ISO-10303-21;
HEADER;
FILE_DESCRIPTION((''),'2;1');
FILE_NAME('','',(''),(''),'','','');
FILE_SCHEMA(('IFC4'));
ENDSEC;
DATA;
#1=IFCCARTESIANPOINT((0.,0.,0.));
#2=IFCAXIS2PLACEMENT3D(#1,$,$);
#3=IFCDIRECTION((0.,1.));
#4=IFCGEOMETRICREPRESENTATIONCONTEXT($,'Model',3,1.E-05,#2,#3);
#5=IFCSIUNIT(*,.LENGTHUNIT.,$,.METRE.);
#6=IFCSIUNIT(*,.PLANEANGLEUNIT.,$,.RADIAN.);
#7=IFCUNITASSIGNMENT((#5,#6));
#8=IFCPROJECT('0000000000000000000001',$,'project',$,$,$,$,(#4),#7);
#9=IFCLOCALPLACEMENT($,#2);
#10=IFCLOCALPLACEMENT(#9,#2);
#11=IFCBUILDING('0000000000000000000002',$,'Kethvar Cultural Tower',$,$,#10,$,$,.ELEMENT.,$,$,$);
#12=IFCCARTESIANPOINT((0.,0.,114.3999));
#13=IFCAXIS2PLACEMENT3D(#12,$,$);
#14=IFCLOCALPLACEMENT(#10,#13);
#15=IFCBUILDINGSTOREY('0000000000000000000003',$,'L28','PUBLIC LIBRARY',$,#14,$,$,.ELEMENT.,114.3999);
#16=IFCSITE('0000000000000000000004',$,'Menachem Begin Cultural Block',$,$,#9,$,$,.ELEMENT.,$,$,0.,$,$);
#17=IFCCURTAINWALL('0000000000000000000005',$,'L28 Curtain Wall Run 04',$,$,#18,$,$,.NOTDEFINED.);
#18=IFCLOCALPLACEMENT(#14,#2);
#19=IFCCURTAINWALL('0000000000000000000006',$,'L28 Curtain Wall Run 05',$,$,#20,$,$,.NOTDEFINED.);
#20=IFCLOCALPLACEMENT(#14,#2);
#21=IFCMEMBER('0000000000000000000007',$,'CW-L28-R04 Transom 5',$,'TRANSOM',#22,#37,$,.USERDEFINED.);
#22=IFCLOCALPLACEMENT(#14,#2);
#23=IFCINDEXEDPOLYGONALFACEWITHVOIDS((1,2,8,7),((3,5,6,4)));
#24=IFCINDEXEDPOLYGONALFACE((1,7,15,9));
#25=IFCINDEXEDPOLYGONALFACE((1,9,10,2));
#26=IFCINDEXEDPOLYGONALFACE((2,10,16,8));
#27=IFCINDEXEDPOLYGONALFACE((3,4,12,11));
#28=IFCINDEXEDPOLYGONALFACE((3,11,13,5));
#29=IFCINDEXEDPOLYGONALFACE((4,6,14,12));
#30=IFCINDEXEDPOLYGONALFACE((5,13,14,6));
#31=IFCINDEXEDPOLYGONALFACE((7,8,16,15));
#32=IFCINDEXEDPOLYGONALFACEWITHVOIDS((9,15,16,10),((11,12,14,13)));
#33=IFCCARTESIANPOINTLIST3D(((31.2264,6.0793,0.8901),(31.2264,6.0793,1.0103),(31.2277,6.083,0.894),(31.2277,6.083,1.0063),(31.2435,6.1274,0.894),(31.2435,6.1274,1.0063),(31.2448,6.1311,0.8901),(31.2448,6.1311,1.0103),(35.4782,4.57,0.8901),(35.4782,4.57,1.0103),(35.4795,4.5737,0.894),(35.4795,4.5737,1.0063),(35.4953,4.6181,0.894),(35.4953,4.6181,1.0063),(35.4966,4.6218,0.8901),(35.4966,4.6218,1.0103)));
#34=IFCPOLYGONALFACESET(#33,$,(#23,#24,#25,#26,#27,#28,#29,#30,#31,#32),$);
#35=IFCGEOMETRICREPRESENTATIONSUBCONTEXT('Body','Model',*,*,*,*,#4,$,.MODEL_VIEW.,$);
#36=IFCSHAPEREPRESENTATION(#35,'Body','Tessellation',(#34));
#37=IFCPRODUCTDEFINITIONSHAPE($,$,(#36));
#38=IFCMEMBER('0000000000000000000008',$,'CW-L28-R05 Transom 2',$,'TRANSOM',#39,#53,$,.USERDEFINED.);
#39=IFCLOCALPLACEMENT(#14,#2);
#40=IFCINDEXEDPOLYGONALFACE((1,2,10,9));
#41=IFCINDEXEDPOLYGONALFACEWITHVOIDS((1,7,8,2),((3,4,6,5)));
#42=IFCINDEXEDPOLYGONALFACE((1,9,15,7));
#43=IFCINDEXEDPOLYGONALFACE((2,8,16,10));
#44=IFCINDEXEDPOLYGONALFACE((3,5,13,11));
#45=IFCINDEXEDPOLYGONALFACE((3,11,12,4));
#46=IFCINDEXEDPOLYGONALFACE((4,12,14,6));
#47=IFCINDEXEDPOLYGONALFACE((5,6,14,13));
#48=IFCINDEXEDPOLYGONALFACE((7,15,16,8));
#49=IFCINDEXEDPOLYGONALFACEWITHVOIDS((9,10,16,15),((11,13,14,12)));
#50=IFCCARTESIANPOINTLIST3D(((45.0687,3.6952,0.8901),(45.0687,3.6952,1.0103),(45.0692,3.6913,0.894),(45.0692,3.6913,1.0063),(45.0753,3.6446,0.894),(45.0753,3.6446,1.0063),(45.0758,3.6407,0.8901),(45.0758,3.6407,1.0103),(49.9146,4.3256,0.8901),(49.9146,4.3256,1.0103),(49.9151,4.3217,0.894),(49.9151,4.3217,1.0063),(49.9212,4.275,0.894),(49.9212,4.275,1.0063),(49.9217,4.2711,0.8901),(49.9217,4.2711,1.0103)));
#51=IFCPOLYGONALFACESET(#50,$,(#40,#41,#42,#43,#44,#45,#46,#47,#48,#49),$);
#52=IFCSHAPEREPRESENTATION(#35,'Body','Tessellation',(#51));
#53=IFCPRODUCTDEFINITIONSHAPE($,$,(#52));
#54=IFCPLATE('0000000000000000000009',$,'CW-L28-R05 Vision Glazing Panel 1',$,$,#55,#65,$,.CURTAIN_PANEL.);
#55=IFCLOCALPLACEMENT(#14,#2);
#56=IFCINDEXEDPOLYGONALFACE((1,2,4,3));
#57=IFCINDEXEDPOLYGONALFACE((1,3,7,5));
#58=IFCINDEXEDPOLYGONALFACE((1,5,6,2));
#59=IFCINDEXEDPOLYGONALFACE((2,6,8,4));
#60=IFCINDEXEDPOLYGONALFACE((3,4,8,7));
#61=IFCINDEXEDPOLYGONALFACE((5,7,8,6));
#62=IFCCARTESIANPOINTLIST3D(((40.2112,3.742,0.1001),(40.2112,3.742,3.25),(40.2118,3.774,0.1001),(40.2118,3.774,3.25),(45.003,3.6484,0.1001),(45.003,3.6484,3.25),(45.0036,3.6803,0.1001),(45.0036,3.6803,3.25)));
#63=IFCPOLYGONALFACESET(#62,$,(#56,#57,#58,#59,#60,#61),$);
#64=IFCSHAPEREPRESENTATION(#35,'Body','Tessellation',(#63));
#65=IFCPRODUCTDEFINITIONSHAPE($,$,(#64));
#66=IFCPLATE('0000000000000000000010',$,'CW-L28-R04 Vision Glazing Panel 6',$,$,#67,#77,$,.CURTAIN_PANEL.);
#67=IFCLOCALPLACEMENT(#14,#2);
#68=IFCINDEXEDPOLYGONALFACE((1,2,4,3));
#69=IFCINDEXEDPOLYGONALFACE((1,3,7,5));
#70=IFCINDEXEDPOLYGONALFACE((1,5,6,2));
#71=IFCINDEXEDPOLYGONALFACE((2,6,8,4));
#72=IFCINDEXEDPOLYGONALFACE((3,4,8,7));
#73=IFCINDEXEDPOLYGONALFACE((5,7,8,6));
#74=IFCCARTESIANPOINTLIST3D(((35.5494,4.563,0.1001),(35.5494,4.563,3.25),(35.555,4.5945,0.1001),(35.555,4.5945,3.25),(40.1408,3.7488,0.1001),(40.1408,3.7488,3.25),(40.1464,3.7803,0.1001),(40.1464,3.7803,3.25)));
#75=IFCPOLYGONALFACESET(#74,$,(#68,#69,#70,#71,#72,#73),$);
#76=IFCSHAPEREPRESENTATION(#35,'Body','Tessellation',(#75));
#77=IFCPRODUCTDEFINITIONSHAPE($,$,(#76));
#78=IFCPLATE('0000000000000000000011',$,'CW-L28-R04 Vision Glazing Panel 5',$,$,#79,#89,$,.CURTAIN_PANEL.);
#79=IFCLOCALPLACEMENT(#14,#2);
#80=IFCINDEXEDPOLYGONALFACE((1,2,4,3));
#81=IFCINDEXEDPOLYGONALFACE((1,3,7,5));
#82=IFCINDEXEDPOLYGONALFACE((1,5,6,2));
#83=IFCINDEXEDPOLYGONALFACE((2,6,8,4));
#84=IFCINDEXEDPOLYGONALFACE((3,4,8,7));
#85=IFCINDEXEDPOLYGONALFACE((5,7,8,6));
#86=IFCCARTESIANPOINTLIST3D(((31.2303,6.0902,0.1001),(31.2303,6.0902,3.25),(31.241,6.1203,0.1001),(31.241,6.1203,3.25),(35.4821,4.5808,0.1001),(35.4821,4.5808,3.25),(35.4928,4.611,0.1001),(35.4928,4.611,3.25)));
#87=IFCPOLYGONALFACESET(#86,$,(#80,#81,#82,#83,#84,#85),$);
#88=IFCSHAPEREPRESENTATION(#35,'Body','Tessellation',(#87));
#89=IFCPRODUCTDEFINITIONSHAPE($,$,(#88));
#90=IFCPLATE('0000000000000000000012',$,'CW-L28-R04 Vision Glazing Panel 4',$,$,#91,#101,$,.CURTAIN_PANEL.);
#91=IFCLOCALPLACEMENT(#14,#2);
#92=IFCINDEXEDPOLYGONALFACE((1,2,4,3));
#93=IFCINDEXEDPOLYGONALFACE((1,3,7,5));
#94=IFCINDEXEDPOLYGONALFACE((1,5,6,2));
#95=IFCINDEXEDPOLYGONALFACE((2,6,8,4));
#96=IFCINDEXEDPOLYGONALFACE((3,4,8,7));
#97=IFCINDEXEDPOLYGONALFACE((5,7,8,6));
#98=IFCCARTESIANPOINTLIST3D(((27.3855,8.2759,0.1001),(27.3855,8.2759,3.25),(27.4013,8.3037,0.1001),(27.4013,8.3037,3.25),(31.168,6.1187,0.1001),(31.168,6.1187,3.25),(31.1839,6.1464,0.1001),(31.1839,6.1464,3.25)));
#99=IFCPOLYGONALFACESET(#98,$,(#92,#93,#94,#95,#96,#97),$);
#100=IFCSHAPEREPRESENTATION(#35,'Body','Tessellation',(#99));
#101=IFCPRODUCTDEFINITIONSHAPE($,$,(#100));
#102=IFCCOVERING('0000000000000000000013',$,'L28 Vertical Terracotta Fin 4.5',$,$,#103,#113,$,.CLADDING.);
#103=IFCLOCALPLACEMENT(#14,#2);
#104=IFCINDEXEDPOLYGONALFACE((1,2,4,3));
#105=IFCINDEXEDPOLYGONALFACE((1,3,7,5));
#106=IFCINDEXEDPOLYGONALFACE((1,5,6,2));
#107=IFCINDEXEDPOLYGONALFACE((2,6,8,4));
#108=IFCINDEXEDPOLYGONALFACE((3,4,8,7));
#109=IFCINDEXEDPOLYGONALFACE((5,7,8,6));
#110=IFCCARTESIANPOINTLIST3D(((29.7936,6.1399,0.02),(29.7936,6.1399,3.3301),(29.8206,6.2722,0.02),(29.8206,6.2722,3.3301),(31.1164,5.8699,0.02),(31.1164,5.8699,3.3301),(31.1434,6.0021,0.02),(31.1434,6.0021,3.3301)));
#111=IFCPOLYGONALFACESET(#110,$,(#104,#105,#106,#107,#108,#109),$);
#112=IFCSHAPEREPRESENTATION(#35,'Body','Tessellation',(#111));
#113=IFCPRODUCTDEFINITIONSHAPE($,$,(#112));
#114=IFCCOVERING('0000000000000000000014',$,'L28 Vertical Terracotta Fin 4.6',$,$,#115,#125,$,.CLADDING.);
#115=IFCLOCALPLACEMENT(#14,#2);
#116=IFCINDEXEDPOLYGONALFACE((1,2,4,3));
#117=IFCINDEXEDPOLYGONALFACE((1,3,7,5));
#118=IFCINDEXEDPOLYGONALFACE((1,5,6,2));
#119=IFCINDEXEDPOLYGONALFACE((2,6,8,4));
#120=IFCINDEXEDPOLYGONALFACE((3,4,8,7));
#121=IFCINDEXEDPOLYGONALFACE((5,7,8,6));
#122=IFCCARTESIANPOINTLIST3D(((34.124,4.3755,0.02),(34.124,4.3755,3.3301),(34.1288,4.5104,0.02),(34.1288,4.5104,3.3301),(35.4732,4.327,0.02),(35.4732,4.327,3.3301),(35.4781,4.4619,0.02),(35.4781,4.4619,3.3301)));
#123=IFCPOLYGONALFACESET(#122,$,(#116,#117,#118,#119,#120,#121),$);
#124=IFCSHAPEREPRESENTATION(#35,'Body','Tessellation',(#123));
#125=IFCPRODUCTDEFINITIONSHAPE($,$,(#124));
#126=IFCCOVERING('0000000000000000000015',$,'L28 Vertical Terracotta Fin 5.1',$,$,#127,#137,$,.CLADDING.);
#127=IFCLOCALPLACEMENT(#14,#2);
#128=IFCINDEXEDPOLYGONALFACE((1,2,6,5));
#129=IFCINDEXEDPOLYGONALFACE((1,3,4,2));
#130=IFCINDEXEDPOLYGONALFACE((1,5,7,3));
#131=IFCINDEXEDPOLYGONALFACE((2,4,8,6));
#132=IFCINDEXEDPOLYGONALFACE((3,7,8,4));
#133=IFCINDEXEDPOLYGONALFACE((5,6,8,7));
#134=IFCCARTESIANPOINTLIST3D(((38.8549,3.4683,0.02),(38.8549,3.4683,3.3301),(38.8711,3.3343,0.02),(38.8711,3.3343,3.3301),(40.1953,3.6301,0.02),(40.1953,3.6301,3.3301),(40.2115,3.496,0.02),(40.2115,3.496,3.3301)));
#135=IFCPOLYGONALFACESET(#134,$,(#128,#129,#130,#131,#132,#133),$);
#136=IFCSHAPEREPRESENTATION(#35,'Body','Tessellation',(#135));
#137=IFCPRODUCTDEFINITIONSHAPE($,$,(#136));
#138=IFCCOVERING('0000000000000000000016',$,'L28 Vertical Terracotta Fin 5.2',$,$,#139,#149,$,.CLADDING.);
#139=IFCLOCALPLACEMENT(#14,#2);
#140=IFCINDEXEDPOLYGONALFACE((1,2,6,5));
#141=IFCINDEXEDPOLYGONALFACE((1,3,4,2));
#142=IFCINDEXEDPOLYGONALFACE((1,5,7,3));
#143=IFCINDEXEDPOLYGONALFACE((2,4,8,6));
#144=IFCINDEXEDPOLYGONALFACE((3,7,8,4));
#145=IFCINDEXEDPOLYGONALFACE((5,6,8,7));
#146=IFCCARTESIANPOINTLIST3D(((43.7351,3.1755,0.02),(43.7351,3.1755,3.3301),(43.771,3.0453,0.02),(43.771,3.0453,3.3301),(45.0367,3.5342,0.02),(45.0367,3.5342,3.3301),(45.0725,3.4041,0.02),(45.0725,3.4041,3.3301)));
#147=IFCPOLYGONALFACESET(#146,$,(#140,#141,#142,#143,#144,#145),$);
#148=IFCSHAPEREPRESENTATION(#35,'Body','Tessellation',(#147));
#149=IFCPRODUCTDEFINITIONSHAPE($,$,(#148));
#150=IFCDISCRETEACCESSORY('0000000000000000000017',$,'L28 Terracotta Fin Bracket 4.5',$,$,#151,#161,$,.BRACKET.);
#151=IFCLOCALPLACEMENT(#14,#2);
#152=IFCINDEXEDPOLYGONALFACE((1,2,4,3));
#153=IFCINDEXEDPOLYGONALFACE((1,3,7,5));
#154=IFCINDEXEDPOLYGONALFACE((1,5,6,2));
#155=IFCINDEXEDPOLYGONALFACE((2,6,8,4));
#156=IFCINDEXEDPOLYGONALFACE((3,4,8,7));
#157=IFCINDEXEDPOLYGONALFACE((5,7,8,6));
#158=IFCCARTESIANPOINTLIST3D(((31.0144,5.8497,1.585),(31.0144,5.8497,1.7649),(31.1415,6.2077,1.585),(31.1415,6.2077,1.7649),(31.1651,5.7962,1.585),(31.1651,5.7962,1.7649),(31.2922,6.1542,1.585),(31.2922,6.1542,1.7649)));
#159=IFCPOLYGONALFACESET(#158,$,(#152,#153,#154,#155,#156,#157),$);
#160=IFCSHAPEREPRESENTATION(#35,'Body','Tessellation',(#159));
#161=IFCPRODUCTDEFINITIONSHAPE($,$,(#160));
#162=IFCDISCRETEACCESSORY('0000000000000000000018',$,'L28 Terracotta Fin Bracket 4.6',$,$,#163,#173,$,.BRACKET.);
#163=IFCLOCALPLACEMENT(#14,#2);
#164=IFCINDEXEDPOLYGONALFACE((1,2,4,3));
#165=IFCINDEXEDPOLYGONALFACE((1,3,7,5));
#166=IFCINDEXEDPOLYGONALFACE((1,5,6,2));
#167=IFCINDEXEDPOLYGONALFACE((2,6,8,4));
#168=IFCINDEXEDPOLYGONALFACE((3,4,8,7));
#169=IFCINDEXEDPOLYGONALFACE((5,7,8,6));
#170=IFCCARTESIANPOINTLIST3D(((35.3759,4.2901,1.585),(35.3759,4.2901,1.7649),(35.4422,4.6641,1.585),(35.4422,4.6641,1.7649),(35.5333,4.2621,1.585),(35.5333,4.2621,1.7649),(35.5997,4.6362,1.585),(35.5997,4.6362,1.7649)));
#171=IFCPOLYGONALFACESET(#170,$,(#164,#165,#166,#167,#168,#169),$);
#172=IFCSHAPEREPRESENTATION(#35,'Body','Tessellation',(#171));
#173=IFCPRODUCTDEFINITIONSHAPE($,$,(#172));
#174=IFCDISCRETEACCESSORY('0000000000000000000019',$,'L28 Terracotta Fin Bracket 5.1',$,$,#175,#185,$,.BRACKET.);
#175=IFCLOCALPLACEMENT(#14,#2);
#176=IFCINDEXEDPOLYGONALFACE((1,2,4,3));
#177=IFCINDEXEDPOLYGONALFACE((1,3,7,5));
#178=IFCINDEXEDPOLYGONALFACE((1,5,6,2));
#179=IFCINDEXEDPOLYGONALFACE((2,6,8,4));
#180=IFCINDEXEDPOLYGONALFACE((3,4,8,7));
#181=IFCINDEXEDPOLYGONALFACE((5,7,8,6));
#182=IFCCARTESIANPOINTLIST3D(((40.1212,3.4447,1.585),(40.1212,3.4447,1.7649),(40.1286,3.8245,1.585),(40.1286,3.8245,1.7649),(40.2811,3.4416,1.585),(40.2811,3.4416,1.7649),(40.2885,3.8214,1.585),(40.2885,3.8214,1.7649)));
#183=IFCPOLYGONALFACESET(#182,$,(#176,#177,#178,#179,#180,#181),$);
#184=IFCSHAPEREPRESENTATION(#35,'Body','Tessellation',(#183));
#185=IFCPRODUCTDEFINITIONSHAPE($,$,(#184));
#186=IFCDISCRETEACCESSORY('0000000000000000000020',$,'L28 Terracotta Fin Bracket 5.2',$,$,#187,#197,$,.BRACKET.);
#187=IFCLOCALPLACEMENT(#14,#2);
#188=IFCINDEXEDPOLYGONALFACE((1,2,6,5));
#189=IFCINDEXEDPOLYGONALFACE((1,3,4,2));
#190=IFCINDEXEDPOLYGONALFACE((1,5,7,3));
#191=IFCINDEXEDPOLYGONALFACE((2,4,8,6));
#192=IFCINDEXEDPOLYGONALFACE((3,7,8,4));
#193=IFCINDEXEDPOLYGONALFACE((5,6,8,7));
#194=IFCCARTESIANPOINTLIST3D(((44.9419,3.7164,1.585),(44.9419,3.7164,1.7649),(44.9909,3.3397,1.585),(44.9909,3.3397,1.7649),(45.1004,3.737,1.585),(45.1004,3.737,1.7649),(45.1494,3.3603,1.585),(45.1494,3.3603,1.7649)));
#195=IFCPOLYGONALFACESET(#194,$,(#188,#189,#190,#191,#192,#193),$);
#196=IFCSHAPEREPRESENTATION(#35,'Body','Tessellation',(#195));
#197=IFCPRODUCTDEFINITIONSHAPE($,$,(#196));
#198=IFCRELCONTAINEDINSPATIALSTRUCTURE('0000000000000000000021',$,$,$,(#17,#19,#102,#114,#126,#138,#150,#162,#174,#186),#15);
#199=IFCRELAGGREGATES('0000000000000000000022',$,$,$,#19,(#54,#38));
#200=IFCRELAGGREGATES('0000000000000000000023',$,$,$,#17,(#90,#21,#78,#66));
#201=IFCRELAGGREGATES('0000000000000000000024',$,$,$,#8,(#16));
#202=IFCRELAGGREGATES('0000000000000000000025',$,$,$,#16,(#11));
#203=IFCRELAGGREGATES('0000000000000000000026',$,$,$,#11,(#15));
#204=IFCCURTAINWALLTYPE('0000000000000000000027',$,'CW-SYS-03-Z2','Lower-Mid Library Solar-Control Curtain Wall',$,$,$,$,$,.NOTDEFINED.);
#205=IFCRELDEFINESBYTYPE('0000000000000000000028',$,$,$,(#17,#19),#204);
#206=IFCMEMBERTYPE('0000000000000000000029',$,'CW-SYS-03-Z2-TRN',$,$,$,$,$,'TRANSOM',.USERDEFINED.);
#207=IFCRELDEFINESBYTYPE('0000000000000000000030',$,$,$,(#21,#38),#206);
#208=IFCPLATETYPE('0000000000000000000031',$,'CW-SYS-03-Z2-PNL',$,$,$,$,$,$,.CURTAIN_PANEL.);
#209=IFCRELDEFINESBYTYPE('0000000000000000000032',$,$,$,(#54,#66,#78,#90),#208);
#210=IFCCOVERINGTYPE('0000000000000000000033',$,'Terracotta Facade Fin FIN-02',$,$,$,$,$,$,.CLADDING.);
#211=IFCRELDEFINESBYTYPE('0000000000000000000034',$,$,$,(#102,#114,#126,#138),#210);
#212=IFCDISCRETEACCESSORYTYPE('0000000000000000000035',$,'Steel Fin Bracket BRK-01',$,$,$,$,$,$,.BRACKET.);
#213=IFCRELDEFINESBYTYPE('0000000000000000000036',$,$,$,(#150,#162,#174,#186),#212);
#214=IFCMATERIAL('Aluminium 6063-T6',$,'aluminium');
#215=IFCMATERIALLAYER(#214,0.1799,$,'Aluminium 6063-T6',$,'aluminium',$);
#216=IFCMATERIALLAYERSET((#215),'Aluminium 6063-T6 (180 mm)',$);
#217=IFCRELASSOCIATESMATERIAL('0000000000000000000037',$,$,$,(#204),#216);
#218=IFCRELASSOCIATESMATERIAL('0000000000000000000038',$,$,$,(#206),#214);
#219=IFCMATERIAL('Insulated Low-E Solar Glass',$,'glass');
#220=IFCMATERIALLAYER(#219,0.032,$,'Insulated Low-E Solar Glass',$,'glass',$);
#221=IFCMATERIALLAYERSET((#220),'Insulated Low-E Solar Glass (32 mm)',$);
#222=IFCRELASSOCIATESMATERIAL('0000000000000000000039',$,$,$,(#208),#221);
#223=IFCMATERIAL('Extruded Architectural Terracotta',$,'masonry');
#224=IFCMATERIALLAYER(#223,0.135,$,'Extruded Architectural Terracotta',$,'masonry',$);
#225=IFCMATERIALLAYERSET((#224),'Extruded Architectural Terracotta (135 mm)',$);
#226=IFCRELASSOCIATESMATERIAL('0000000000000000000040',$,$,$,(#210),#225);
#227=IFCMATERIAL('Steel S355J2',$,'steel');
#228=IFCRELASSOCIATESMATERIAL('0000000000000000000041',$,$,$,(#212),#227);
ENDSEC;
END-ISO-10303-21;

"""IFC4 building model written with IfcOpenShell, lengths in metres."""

from ifc_helpers import new_model, si_unit, direction, frame, origin, origin_2d, place, context, subcontext, project, spatial, rectangle, hollow_rectangle, extrude, source, transform, mapped, material, layer, layer_set, material_profile, profile_set, type_object, element, aggregate, save


model = new_model("IFC4")

# Units and contexts
model_context = context("Model", 3, precision=1e-05, world=origin(), true_north=direction((0.0, 1.0)))
body_context = subcontext(model_context, "Body", "Model", "MODEL_VIEW")
ifc_project = project(units=[si_unit("LENGTHUNIT", "METRE"), si_unit("PLANEANGLEUNIT", "RADIAN")], contexts=[model_context])

# Site, building, storey
site_placement = place(None, origin())
site = spatial("IfcSite", under=ifc_project, at=site_placement, Name="Menachem Begin Cultural Block", CompositionType="ELEMENT", RefElevation=0.0)
building_placement = place(site_placement, origin())
building = spatial("IfcBuilding", under=site, at=building_placement, Name="Kethvar Cultural Tower", CompositionType="ELEMENT")
storey_placement = place(building_placement, frame((0.0, 0.0, 114.3999)))
storey = spatial("IfcBuildingStorey", under=building, at=storey_placement, Name="L28", Description="PUBLIC LIBRARY", CompositionType="ELEMENT", Elevation=114.3999)

# Shared definitions
ifc_material_1 = material(Name="Steel S355J2", Category="steel")

# Curtain walls
ifc_material_2 = material(Name="Aluminium 6063-T6", Category="aluminium")
ifc_layer_1 = layer(ifc_material_2, 0.1799, Name="Aluminium 6063-T6", Category="aluminium")
ifc_layer_set_1 = layer_set([ifc_layer_1], Name="Aluminium 6063-T6 (180 mm)")
curtain_wall_type = type_object("IfcCurtainWallType", Name="CW-SYS-03-Z2", Description="Lower-Mid Library Solar-Control Curtain Wall", PredefinedType="NOTDEFINED", material=ifc_layer_set_1)
curtain_wall_1_placement = place(storey_placement, origin())
curtain_wall_1 = element("IfcCurtainWall", 1, at=curtain_wall_1_placement, inside=storey, type_object=curtain_wall_type, Name="L28 Curtain Wall Run 04", PredefinedType="NOTDEFINED")
curtain_wall_2_placement = place(storey_placement, origin())
curtain_wall_2 = element("IfcCurtainWall", 2, at=curtain_wall_2_placement, inside=storey, type_object=curtain_wall_type, Name="L28 Curtain Wall Run 05", PredefinedType="NOTDEFINED")
ifc_material_profile_1 = material_profile(ifc_material_2, hollow_rectangle(XDim=0.0549, YDim=0.1201, WallThickness=0.0039, at=origin_2d()), Name="Aluminium 6063-T6 — RHS120x55x4")
ifc_profile_set_1 = profile_set([ifc_material_profile_1], Name="Aluminium 6063-T6 — RHS120x55x4")
member_type_1 = type_object("IfcMemberType", Name="CW-SYS-03-Z2-TRN", ElementType="TRANSOM", PredefinedType="USERDEFINED", material=ifc_profile_set_1)

# Members
shared_shape_1 = source(origin(), body_context, "Body", "SweptSolid", [
    extrude(hollow_rectangle(XDim=0.0549, YDim=0.1201, WallThickness=0.0039, at=origin_2d()), origin(), (0.0, 0.0, 1.0), 4.5117),
])
member_1_placement = place(storey_placement, frame((31.2356, 6.1052, 0.9502), z_axis=(0.942385, -0.334529, 0.0), x_axis=(0.334529, 0.942385, 0.0)))
member_1 = element("IfcMember", 3, at=member_1_placement, type_object=member_type_1, Name="CW-L28-R04 Transom 5", ObjectType="TRANSOM", PredefinedType="USERDEFINED", context=body_context, shape_type="MappedRepresentation", body=[
    mapped(shared_shape_1, transform((0.0, 0.0, 0.0), scale=1.0)),
])
shared_shape_2 = source(origin(), body_context, "Body", "SweptSolid", [
    extrude(hollow_rectangle(XDim=0.0549, YDim=0.1201, WallThickness=0.0039, at=origin_2d()), origin(), (0.0, 0.0, 1.0), 4.8867),
])
member_2_placement = place(storey_placement, frame((45.0723, 3.668, 0.9502), z_axis=(0.991645, 0.128995, 0.0), x_axis=(-0.128995, 0.991645, 0.0)))
member_2 = element("IfcMember", 4, at=member_2_placement, type_object=member_type_1, Name="CW-L28-R05 Transom 2", ObjectType="TRANSOM", PredefinedType="USERDEFINED", context=body_context, shape_type="MappedRepresentation", body=[
    mapped(shared_shape_2, transform((0.0, 0.0, 0.0), scale=1.0)),
])

# Plates
ifc_material_3 = material(Name="Insulated Low-E Solar Glass", Category="glass")
ifc_layer_2 = layer(ifc_material_3, 0.032, Name="Insulated Low-E Solar Glass", Category="glass")
ifc_layer_set_2 = layer_set([ifc_layer_2], Name="Insulated Low-E Solar Glass (32 mm)")
plate_type = type_object("IfcPlateType", Name="CW-SYS-03-Z2-PNL", PredefinedType="CURTAIN_PANEL", material=ifc_layer_set_2)
shared_shape_3 = source(origin(), body_context, "Body", "SweptSolid", [
    extrude(rectangle(XDim=4.7927, YDim=0.032, at=origin_2d()), origin(), (0.0, 0.0, 1.0), 3.1499),
])
plate_1_placement = place(storey_placement, frame((42.6074, 3.7112, 0.1001), z_axis=(0.0, 0.0, 1.0), x_axis=(0.999809, -0.019546, 0.0)))
plate_1 = element("IfcPlate", 5, at=plate_1_placement, type_object=plate_type, Name="CW-L28-R05 Vision Glazing Panel 1", PredefinedType="CURTAIN_PANEL", context=body_context, shape_type="MappedRepresentation", body=[
    mapped(shared_shape_3, transform((0.0, 0.0, 0.0), scale=1.0)),
])
aggregate(curtain_wall_2, [plate_1, member_2])
shared_shape_4 = source(origin(), body_context, "Body", "SweptSolid", [
    extrude(rectangle(XDim=4.6631, YDim=0.032, at=origin_2d()), origin(), (0.0, 0.0, 1.0), 3.1499),
])
plate_2_placement = place(storey_placement, frame((37.8479, 4.1716, 0.1001), z_axis=(0.0, 0.0, 1.0), x_axis=(0.984638, -0.174611, 0.0)))
plate_2 = element("IfcPlate", 6, at=plate_2_placement, type_object=plate_type, Name="CW-L28-R04 Vision Glazing Panel 6", PredefinedType="CURTAIN_PANEL", context=body_context, shape_type="MappedRepresentation", body=[
    mapped(shared_shape_4, transform((0.0, 0.0, 0.0), scale=1.0)),
])
shared_shape_5 = source(origin(), body_context, "Body", "SweptSolid", [
    extrude(rectangle(XDim=4.5117, YDim=0.032, at=origin_2d()), origin(), (0.0, 0.0, 1.0), 3.1499),
])
plate_3_placement = place(storey_placement, frame((33.3616, 5.3506, 0.1001), z_axis=(0.0, 0.0, 1.0), x_axis=(0.942379, -0.334547, 0.0)))
plate_3 = element("IfcPlate", 7, at=plate_3_placement, type_object=plate_type, Name="CW-L28-R04 Vision Glazing Panel 5", PredefinedType="CURTAIN_PANEL", context=body_context, shape_type="MappedRepresentation", body=[
    mapped(shared_shape_5, transform((0.0, 0.0, 0.0), scale=1.0)),
])
shared_shape_6 = source(origin(), body_context, "Body", "SweptSolid", [
    extrude(rectangle(XDim=4.3545, YDim=0.032, at=origin_2d()), origin(), (0.0, 0.0, 1.0), 3.1499),
])
plate_4_placement = place(storey_placement, frame((29.2847, 7.2112, 0.1001), z_axis=(0.0, 0.0, 1.0), x_axis=(0.868657, -0.495413, 0.0)))
plate_4 = element("IfcPlate", 8, at=plate_4_placement, type_object=plate_type, Name="CW-L28-R04 Vision Glazing Panel 4", PredefinedType="CURTAIN_PANEL", context=body_context, shape_type="MappedRepresentation", body=[
    mapped(shared_shape_6, transform((0.0, 0.0, 0.0), scale=1.0)),
])
aggregate(curtain_wall_1, [plate_4, member_1, plate_3, plate_2])

# Coverings
ifc_material_4 = material(Name="Extruded Architectural Terracotta", Category="masonry")
ifc_layer_3 = layer(ifc_material_4, 0.135, Name="Extruded Architectural Terracotta", Category="masonry")
ifc_layer_set_3 = layer_set([ifc_layer_3], Name="Extruded Architectural Terracotta (135 mm)")
covering_type = type_object("IfcCoveringType", Name="Terracotta Facade Fin FIN-02", PredefinedType="CLADDING", material=ifc_layer_set_3)
shared_shape_7 = source(origin(), body_context, "Body", "SweptSolid", [
    extrude(rectangle(XDim=1.3501, YDim=0.135, at=origin_2d()), origin(), (0.0, 0.0, 1.0), 3.3101),
])
for number, where, z_axis, x_axis, name in (
    (9, (30.4685, 6.071, 0.02), (0.0, 0.0, 1.0), (-0.979785, 0.200052, 0.0), "L28 Vertical Terracotta Fin 4.5"),
    (10, (34.801, 4.4187, 0.02), (0.0, 0.0, 1.0), (-0.999354, 0.035946, 0.0), "L28 Vertical Terracotta Fin 4.6"),
    (11, (39.5332, 3.4822, 0.02), (0.0, 0.0, 1.0), (-0.992799, -0.11979, 0.0), "L28 Vertical Terracotta Fin 5.1"),
    (12, (44.4038, 3.2898, 0.02), (0.0, 0.0, 1.0), (-0.964049, -0.265724, 0.0), "L28 Vertical Terracotta Fin 5.2"),
):
    element("IfcCovering", number, at=place(storey_placement, frame(where, z_axis=z_axis, x_axis=x_axis)), inside=storey, type_object=covering_type, Name=name, PredefinedType="CLADDING", context=body_context, shape_type="MappedRepresentation", body=[
        mapped(shared_shape_7, transform((0.0, 0.0, 0.0), scale=1.0)),
    ])

# Discrete accessories
discrete_accessory_type = type_object("IfcDiscreteAccessoryType", Name="Steel Fin Bracket BRK-01", PredefinedType="BRACKET", material=ifc_material_1)
shared_shape_8 = source(origin(), body_context, "Body", "SweptSolid", [
    extrude(rectangle(XDim=0.3799, YDim=0.1599, at=origin_2d()), origin(), (0.0, 0.0, 1.0), 0.1799),
])
for number, where, z_axis, x_axis, name in (
    (13, (31.1533, 6.002, 1.585), (0.0, 0.0, 1.0), (-0.334465, -0.942408, 0.0), "L28 Terracotta Fin Bracket 4.5"),
    (14, (35.4878, 4.4631, 1.585), (0.0, 0.0, 1.0), (-0.174679, -0.984625, 0.0), "L28 Terracotta Fin Bracket 4.6"),
    (15, (40.2048, 3.6331, 1.585), (0.0, 0.0, 1.0), (-0.019546, -0.999809, 0.0), "L28 Terracotta Fin Bracket 5.1"),
    (16, (45.0457, 3.5383, 1.585), (0.0, 0.0, 1.0), (0.128969, -0.991649, 0.0), "L28 Terracotta Fin Bracket 5.2"),
):
    element("IfcDiscreteAccessory", number, at=place(storey_placement, frame(where, z_axis=z_axis, x_axis=x_axis)), inside=storey, type_object=discrete_accessory_type, Name=name, PredefinedType="BRACKET", context=body_context, shape_type="MappedRepresentation", body=[
        mapped(shared_shape_8, transform((0.0, 0.0, 0.0), scale=1.0)),
    ])

save(model, "model.ifc")
